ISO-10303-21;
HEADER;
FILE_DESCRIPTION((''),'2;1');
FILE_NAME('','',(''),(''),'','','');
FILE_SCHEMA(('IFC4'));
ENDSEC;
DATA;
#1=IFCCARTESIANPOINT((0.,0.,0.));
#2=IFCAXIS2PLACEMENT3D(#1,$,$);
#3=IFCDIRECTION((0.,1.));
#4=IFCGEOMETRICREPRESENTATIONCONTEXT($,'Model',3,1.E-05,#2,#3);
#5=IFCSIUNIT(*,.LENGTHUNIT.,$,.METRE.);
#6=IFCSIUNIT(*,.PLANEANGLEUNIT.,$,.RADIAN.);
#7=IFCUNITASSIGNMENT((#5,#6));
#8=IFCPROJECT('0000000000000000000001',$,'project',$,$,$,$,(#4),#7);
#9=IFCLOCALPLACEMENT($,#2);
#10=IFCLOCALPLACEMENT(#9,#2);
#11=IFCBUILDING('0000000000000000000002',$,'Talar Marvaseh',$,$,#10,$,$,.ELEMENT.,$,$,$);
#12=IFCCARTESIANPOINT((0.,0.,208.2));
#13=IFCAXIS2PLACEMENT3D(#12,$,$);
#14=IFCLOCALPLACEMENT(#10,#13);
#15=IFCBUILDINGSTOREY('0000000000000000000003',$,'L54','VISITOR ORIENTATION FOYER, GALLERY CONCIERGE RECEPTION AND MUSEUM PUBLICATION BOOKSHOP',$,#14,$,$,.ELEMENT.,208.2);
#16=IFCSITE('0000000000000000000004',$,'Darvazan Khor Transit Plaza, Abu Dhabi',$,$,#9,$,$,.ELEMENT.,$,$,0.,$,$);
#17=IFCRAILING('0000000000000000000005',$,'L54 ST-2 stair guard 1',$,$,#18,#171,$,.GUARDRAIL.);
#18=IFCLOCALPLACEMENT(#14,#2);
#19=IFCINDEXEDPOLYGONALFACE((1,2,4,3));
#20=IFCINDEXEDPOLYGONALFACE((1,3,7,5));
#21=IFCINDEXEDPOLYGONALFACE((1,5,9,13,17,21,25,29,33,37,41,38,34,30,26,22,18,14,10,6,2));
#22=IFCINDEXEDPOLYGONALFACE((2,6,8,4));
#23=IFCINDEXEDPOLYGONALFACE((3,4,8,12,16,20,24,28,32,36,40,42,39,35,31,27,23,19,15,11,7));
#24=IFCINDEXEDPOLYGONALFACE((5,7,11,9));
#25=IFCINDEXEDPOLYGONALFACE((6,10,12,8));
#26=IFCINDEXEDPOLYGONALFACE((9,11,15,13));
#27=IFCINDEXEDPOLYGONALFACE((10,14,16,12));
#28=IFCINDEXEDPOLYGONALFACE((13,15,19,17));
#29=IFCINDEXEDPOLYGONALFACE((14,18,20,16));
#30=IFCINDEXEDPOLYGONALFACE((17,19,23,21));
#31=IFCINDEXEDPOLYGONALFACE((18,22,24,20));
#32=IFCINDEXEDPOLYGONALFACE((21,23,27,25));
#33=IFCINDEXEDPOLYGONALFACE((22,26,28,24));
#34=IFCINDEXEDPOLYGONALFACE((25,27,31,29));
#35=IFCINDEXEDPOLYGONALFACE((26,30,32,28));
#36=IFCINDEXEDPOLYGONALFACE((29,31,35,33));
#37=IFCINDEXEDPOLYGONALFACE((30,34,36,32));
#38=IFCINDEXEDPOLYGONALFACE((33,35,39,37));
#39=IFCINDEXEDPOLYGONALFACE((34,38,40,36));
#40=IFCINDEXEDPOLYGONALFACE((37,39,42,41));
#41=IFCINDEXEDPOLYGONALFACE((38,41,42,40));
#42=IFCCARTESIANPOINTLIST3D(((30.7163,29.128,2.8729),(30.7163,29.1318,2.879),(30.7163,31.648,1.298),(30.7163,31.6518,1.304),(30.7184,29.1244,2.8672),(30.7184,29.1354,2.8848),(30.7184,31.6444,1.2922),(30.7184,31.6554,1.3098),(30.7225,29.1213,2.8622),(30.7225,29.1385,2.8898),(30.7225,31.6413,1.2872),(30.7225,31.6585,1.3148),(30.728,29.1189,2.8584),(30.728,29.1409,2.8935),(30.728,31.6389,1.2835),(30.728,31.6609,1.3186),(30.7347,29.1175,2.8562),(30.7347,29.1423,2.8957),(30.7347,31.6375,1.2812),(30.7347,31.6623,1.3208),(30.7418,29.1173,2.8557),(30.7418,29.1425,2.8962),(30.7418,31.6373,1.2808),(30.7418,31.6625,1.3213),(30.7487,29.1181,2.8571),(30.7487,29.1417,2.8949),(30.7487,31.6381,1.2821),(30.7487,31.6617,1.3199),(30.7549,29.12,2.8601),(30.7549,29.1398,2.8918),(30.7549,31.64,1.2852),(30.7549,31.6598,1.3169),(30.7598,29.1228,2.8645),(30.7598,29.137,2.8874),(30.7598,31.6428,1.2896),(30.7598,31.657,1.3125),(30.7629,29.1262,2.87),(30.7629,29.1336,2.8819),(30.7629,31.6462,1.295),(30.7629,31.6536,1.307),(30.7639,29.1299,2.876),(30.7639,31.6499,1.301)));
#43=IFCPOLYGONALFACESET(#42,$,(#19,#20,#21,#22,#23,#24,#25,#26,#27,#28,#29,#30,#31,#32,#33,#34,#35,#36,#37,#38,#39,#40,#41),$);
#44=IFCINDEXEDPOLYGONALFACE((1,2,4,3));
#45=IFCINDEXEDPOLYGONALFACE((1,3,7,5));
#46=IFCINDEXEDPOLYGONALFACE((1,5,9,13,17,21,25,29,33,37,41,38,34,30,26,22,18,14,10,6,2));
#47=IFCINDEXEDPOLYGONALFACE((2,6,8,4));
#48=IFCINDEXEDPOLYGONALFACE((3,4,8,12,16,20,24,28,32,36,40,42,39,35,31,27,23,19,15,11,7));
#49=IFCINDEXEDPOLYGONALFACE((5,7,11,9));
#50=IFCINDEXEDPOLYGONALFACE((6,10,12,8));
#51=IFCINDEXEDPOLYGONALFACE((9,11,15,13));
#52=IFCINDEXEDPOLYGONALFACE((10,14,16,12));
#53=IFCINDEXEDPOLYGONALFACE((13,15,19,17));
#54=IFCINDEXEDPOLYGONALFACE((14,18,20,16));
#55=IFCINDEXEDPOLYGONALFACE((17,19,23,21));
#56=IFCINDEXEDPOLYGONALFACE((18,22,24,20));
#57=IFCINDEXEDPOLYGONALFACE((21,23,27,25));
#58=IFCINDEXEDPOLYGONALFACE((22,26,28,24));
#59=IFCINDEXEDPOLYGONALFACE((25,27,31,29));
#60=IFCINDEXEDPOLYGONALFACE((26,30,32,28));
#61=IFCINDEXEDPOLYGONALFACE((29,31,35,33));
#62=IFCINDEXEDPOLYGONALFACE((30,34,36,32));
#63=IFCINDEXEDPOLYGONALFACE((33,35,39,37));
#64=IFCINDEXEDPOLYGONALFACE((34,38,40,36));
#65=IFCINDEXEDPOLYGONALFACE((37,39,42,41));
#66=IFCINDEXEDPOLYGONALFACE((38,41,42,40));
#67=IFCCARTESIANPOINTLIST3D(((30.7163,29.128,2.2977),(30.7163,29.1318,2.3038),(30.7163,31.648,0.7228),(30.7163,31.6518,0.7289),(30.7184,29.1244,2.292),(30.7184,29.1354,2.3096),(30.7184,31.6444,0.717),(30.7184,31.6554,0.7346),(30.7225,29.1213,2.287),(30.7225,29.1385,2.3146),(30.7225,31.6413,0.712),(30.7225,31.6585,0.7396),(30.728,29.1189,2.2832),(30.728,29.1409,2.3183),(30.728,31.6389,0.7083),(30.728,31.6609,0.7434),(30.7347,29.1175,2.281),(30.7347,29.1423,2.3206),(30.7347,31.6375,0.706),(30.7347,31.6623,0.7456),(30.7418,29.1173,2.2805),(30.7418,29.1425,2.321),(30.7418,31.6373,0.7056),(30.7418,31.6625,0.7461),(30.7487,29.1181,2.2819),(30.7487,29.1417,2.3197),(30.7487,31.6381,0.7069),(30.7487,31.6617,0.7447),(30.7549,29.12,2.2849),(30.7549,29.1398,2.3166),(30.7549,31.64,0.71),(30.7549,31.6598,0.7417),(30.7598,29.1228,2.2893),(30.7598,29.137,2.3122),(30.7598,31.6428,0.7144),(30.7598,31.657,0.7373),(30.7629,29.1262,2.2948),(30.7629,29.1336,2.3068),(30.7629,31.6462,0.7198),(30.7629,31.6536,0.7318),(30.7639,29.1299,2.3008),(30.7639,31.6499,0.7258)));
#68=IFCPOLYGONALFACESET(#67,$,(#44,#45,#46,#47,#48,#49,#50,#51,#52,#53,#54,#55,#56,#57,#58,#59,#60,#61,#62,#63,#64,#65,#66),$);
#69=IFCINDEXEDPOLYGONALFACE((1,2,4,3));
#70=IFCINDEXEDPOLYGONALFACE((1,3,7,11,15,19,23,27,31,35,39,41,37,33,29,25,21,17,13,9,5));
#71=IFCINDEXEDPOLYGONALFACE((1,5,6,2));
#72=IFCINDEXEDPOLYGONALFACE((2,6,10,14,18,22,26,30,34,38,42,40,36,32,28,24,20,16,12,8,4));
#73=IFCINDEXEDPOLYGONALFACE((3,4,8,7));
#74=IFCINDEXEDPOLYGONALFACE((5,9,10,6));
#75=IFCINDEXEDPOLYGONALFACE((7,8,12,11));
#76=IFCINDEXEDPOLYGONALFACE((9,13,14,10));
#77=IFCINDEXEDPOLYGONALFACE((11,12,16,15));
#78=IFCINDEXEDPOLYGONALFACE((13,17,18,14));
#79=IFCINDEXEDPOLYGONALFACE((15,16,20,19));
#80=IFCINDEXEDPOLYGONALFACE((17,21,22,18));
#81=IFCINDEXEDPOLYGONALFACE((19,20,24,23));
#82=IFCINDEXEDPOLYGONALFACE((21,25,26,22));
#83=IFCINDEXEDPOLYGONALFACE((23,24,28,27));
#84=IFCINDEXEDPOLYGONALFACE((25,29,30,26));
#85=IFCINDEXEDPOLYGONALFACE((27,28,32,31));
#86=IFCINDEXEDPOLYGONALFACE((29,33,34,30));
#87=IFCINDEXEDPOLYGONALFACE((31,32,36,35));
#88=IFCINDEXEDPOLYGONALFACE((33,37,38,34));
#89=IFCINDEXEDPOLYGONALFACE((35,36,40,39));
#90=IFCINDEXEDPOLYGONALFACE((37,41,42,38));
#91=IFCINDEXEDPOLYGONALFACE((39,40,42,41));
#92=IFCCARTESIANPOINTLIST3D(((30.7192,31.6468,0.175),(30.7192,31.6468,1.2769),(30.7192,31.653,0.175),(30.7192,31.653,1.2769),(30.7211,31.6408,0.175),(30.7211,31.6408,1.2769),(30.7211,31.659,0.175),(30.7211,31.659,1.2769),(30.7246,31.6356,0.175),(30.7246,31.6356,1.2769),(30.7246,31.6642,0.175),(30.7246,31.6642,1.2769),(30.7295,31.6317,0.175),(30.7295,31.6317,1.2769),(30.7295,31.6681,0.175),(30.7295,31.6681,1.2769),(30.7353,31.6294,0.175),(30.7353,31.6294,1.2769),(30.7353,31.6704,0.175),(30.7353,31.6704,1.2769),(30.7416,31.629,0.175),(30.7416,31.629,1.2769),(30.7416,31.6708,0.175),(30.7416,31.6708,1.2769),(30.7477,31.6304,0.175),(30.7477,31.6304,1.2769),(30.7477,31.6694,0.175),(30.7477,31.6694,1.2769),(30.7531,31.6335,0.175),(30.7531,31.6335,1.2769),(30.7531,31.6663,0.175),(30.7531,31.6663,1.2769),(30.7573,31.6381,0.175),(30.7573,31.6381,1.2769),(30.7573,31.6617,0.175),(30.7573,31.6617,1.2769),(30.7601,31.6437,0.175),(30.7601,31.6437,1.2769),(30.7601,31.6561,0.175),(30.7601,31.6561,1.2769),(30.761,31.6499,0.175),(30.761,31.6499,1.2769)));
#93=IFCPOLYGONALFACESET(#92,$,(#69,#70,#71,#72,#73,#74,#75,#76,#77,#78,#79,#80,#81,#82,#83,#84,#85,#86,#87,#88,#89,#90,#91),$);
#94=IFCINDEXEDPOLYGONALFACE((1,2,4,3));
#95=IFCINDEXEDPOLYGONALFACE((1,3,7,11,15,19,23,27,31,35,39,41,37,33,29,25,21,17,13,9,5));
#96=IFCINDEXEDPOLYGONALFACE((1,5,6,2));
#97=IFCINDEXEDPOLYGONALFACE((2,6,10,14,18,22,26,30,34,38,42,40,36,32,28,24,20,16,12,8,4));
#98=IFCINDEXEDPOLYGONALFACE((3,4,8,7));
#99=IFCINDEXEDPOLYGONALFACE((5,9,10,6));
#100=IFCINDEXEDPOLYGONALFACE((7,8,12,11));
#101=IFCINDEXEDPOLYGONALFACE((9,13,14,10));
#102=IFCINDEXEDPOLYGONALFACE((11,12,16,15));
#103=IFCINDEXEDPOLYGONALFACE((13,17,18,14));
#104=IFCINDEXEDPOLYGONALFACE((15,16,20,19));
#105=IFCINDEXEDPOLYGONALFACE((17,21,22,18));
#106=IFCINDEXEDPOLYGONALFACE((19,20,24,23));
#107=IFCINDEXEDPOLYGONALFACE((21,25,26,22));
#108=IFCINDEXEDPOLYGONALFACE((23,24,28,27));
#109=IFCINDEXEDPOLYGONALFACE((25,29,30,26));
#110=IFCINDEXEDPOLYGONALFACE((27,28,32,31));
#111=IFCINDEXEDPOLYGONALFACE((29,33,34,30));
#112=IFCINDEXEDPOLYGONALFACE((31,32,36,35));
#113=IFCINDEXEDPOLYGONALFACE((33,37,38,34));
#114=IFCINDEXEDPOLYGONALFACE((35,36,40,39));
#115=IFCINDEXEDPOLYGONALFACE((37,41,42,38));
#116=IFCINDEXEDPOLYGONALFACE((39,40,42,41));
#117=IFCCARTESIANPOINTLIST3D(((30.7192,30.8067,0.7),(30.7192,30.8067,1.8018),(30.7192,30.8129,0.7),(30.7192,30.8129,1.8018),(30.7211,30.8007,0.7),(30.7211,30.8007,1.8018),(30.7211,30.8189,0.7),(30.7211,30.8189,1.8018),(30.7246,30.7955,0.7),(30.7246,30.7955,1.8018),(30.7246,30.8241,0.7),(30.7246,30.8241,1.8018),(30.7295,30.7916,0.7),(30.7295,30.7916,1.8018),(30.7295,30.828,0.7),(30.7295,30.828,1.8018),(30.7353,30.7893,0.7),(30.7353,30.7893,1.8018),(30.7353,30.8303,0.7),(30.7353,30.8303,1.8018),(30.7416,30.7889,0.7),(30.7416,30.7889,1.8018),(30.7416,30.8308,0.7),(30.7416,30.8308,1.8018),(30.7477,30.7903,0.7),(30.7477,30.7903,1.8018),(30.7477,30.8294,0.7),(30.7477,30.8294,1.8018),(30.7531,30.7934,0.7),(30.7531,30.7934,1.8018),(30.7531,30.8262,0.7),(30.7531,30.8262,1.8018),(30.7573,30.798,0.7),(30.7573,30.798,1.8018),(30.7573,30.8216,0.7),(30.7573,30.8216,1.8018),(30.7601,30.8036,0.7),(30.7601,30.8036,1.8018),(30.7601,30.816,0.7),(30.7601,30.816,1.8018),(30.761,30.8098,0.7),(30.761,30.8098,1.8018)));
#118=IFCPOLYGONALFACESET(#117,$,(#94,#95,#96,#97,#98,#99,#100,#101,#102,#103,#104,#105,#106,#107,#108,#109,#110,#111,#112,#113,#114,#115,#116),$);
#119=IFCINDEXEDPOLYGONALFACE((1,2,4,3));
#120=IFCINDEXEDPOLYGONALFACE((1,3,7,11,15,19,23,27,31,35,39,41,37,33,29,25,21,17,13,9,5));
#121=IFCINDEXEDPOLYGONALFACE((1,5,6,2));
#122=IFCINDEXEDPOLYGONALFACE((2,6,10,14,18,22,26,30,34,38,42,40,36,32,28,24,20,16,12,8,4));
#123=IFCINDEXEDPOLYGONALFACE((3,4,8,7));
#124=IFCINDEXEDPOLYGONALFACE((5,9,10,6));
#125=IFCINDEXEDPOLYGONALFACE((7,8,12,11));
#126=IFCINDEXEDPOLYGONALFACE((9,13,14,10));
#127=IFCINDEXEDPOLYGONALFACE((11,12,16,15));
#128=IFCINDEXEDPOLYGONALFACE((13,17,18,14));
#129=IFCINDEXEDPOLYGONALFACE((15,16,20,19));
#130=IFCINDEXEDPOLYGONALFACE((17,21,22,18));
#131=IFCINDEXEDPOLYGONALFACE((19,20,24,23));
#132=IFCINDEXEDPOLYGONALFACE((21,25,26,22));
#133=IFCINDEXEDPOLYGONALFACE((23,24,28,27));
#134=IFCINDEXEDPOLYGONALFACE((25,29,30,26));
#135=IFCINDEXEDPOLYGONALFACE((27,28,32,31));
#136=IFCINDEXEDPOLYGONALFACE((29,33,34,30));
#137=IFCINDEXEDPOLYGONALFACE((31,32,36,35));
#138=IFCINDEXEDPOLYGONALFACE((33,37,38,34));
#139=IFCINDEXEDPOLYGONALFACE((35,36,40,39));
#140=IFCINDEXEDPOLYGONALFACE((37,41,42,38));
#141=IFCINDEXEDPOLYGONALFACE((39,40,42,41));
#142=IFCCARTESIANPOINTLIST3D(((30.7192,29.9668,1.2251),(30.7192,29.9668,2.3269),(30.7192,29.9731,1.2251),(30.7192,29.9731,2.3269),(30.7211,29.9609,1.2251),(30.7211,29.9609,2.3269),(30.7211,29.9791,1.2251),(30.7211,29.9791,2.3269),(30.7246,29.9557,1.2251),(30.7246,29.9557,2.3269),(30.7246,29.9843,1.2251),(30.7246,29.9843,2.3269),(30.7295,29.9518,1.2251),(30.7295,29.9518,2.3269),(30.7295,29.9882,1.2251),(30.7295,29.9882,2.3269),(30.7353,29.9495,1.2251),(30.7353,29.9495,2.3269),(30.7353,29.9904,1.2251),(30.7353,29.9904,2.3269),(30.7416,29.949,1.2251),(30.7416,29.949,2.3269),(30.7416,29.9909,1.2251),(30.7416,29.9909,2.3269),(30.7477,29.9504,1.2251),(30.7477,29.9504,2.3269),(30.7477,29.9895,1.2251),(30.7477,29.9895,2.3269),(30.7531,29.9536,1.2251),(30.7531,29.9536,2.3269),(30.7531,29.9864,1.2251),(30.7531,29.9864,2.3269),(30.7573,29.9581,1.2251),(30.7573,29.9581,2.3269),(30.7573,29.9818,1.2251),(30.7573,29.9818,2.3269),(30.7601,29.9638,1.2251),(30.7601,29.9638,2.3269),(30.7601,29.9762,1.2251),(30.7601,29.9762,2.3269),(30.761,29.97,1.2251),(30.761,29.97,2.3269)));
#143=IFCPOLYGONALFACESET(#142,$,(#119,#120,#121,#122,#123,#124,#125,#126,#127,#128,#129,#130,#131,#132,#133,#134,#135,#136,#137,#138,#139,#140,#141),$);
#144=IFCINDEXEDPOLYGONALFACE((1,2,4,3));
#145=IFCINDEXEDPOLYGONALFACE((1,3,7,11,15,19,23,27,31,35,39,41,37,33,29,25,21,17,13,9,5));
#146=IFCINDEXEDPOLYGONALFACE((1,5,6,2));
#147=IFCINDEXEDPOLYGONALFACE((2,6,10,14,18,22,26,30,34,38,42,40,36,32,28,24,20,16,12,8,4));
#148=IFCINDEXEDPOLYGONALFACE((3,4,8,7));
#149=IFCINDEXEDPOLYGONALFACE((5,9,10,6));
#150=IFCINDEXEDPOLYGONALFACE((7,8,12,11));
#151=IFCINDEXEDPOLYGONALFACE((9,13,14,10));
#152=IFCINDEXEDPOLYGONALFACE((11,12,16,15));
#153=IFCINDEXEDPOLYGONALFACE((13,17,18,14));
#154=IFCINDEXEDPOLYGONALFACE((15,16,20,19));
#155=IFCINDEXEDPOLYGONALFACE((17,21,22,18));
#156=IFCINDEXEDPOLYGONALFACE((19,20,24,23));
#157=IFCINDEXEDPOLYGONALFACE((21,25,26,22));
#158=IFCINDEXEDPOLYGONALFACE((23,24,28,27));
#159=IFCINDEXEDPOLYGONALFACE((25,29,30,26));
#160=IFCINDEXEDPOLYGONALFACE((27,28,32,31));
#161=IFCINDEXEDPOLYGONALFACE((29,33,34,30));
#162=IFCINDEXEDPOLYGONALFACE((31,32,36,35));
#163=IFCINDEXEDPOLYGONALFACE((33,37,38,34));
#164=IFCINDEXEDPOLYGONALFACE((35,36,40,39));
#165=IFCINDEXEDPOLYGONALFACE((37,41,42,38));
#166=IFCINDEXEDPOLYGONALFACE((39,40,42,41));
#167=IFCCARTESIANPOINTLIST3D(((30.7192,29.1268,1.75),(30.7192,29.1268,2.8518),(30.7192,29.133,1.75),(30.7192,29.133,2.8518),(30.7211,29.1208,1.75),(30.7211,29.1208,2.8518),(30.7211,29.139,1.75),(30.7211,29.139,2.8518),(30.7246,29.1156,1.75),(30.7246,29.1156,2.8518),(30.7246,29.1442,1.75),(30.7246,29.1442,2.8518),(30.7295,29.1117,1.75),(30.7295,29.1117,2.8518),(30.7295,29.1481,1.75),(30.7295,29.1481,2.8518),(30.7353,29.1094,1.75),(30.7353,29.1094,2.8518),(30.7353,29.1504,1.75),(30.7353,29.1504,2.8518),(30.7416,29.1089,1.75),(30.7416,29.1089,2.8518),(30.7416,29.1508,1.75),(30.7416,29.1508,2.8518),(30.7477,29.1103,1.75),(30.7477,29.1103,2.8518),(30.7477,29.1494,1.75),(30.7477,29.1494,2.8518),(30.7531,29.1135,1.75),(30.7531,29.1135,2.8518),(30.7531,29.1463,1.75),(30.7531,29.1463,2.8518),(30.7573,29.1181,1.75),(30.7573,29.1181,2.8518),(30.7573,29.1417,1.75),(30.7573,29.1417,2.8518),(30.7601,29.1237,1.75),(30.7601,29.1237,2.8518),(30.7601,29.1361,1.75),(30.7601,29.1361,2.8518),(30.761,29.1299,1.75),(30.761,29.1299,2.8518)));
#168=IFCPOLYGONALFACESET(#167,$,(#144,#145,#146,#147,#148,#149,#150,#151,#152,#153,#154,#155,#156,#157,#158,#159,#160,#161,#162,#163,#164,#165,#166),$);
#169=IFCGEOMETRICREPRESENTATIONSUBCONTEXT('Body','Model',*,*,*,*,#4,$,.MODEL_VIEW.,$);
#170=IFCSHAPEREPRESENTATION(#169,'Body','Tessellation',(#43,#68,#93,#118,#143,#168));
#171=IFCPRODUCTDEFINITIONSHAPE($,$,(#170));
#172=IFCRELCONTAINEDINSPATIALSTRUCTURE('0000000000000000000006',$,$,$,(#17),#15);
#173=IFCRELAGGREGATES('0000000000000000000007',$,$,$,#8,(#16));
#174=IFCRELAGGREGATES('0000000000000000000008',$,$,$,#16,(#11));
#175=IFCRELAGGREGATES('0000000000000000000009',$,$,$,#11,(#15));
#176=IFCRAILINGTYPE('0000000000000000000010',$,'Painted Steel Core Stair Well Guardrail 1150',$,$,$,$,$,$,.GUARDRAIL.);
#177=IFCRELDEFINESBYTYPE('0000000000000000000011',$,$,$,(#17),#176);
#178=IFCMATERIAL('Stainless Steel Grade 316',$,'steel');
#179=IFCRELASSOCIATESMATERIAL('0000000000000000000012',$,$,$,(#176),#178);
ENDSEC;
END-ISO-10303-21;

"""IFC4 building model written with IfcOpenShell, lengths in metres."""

from ifc_helpers import new_model, si_unit, direction, frame, origin, origin_2d, place, context, subcontext, project, spatial, circle, extrude, material, type_object, element, save


model = new_model("IFC4")

# Units and contexts
model_context = context("Model", 3, precision=1e-05, world=origin(), true_north=direction((0.0, 1.0)))
body_context = subcontext(model_context, "Body", "Model", "MODEL_VIEW")
ifc_project = project(units=[si_unit("LENGTHUNIT", "METRE"), si_unit("PLANEANGLEUNIT", "RADIAN")], contexts=[model_context])

# Site, building, storey
site_placement = place(None, origin())
site = spatial("IfcSite", under=ifc_project, at=site_placement, Name="Darvazan Khor Transit Plaza, Abu Dhabi", CompositionType="ELEMENT", RefElevation=0.0)
building_placement = place(site_placement, origin())
building = spatial("IfcBuilding", under=site, at=building_placement, Name="Talar Marvaseh", CompositionType="ELEMENT")
storey_placement = place(building_placement, frame((0.0, 0.0, 208.2)))
storey = spatial("IfcBuildingStorey", under=building, at=storey_placement, Name="L54", Description="VISITOR ORIENTATION FOYER, GALLERY CONCIERGE RECEPTION AND MUSEUM PUBLICATION BOOKSHOP", CompositionType="ELEMENT", Elevation=208.2)

# Shared definitions
ifc_material_1 = material(Name="Stainless Steel Grade 316", Category="steel")

# Railing
railing_type_1 = type_object("IfcRailingType", Name="Painted Steel Core Stair Well Guardrail 1150", PredefinedType="GUARDRAIL", material=ifc_material_1)
railing_1_placement = place(storey_placement, frame((30.74, 31.6499, 0.175)))
element("IfcRailing", 1, at=railing_1_placement, inside=storey, type_object=railing_type_1, Name="L54 ST-2 stair guard 1", PredefinedType="GUARDRAIL", context=body_context, shape_type="SweptSolid", body=[
    extrude(circle(Radius=0.0239, at=origin_2d()), frame((0.0, 0.0, 1.126), z_axis=(0.0, -0.848008, 0.529984), x_axis=(1.0, 0.0, 0.0)), (0.0, 0.0, 1.0), 2.9717),
    extrude(circle(Radius=0.0239, at=origin_2d()), frame((0.0, 0.0, 0.5508), z_axis=(0.0, -0.848008, 0.529984), x_axis=(1.0, 0.0, 0.0)), (0.0, 0.0, 1.0), 2.9717),
    extrude(circle(Radius=0.021, at=origin_2d()), origin(), (0.0, 0.0, 1.0), 1.1018),
    extrude(circle(Radius=0.021, at=origin_2d()), frame((0.0, -0.8401, 0.5249)), (0.0, 0.0, 1.0), 1.1018),
    extrude(circle(Radius=0.021, at=origin_2d()), frame((0.0, -1.6799, 1.05)), (0.0, 0.0, 1.0), 1.1018),
    extrude(circle(Radius=0.021, at=origin_2d()), frame((0.0, -2.52, 1.575)), (0.0, 0.0, 1.0), 1.1018),
])

save(model, "model.ifc")
